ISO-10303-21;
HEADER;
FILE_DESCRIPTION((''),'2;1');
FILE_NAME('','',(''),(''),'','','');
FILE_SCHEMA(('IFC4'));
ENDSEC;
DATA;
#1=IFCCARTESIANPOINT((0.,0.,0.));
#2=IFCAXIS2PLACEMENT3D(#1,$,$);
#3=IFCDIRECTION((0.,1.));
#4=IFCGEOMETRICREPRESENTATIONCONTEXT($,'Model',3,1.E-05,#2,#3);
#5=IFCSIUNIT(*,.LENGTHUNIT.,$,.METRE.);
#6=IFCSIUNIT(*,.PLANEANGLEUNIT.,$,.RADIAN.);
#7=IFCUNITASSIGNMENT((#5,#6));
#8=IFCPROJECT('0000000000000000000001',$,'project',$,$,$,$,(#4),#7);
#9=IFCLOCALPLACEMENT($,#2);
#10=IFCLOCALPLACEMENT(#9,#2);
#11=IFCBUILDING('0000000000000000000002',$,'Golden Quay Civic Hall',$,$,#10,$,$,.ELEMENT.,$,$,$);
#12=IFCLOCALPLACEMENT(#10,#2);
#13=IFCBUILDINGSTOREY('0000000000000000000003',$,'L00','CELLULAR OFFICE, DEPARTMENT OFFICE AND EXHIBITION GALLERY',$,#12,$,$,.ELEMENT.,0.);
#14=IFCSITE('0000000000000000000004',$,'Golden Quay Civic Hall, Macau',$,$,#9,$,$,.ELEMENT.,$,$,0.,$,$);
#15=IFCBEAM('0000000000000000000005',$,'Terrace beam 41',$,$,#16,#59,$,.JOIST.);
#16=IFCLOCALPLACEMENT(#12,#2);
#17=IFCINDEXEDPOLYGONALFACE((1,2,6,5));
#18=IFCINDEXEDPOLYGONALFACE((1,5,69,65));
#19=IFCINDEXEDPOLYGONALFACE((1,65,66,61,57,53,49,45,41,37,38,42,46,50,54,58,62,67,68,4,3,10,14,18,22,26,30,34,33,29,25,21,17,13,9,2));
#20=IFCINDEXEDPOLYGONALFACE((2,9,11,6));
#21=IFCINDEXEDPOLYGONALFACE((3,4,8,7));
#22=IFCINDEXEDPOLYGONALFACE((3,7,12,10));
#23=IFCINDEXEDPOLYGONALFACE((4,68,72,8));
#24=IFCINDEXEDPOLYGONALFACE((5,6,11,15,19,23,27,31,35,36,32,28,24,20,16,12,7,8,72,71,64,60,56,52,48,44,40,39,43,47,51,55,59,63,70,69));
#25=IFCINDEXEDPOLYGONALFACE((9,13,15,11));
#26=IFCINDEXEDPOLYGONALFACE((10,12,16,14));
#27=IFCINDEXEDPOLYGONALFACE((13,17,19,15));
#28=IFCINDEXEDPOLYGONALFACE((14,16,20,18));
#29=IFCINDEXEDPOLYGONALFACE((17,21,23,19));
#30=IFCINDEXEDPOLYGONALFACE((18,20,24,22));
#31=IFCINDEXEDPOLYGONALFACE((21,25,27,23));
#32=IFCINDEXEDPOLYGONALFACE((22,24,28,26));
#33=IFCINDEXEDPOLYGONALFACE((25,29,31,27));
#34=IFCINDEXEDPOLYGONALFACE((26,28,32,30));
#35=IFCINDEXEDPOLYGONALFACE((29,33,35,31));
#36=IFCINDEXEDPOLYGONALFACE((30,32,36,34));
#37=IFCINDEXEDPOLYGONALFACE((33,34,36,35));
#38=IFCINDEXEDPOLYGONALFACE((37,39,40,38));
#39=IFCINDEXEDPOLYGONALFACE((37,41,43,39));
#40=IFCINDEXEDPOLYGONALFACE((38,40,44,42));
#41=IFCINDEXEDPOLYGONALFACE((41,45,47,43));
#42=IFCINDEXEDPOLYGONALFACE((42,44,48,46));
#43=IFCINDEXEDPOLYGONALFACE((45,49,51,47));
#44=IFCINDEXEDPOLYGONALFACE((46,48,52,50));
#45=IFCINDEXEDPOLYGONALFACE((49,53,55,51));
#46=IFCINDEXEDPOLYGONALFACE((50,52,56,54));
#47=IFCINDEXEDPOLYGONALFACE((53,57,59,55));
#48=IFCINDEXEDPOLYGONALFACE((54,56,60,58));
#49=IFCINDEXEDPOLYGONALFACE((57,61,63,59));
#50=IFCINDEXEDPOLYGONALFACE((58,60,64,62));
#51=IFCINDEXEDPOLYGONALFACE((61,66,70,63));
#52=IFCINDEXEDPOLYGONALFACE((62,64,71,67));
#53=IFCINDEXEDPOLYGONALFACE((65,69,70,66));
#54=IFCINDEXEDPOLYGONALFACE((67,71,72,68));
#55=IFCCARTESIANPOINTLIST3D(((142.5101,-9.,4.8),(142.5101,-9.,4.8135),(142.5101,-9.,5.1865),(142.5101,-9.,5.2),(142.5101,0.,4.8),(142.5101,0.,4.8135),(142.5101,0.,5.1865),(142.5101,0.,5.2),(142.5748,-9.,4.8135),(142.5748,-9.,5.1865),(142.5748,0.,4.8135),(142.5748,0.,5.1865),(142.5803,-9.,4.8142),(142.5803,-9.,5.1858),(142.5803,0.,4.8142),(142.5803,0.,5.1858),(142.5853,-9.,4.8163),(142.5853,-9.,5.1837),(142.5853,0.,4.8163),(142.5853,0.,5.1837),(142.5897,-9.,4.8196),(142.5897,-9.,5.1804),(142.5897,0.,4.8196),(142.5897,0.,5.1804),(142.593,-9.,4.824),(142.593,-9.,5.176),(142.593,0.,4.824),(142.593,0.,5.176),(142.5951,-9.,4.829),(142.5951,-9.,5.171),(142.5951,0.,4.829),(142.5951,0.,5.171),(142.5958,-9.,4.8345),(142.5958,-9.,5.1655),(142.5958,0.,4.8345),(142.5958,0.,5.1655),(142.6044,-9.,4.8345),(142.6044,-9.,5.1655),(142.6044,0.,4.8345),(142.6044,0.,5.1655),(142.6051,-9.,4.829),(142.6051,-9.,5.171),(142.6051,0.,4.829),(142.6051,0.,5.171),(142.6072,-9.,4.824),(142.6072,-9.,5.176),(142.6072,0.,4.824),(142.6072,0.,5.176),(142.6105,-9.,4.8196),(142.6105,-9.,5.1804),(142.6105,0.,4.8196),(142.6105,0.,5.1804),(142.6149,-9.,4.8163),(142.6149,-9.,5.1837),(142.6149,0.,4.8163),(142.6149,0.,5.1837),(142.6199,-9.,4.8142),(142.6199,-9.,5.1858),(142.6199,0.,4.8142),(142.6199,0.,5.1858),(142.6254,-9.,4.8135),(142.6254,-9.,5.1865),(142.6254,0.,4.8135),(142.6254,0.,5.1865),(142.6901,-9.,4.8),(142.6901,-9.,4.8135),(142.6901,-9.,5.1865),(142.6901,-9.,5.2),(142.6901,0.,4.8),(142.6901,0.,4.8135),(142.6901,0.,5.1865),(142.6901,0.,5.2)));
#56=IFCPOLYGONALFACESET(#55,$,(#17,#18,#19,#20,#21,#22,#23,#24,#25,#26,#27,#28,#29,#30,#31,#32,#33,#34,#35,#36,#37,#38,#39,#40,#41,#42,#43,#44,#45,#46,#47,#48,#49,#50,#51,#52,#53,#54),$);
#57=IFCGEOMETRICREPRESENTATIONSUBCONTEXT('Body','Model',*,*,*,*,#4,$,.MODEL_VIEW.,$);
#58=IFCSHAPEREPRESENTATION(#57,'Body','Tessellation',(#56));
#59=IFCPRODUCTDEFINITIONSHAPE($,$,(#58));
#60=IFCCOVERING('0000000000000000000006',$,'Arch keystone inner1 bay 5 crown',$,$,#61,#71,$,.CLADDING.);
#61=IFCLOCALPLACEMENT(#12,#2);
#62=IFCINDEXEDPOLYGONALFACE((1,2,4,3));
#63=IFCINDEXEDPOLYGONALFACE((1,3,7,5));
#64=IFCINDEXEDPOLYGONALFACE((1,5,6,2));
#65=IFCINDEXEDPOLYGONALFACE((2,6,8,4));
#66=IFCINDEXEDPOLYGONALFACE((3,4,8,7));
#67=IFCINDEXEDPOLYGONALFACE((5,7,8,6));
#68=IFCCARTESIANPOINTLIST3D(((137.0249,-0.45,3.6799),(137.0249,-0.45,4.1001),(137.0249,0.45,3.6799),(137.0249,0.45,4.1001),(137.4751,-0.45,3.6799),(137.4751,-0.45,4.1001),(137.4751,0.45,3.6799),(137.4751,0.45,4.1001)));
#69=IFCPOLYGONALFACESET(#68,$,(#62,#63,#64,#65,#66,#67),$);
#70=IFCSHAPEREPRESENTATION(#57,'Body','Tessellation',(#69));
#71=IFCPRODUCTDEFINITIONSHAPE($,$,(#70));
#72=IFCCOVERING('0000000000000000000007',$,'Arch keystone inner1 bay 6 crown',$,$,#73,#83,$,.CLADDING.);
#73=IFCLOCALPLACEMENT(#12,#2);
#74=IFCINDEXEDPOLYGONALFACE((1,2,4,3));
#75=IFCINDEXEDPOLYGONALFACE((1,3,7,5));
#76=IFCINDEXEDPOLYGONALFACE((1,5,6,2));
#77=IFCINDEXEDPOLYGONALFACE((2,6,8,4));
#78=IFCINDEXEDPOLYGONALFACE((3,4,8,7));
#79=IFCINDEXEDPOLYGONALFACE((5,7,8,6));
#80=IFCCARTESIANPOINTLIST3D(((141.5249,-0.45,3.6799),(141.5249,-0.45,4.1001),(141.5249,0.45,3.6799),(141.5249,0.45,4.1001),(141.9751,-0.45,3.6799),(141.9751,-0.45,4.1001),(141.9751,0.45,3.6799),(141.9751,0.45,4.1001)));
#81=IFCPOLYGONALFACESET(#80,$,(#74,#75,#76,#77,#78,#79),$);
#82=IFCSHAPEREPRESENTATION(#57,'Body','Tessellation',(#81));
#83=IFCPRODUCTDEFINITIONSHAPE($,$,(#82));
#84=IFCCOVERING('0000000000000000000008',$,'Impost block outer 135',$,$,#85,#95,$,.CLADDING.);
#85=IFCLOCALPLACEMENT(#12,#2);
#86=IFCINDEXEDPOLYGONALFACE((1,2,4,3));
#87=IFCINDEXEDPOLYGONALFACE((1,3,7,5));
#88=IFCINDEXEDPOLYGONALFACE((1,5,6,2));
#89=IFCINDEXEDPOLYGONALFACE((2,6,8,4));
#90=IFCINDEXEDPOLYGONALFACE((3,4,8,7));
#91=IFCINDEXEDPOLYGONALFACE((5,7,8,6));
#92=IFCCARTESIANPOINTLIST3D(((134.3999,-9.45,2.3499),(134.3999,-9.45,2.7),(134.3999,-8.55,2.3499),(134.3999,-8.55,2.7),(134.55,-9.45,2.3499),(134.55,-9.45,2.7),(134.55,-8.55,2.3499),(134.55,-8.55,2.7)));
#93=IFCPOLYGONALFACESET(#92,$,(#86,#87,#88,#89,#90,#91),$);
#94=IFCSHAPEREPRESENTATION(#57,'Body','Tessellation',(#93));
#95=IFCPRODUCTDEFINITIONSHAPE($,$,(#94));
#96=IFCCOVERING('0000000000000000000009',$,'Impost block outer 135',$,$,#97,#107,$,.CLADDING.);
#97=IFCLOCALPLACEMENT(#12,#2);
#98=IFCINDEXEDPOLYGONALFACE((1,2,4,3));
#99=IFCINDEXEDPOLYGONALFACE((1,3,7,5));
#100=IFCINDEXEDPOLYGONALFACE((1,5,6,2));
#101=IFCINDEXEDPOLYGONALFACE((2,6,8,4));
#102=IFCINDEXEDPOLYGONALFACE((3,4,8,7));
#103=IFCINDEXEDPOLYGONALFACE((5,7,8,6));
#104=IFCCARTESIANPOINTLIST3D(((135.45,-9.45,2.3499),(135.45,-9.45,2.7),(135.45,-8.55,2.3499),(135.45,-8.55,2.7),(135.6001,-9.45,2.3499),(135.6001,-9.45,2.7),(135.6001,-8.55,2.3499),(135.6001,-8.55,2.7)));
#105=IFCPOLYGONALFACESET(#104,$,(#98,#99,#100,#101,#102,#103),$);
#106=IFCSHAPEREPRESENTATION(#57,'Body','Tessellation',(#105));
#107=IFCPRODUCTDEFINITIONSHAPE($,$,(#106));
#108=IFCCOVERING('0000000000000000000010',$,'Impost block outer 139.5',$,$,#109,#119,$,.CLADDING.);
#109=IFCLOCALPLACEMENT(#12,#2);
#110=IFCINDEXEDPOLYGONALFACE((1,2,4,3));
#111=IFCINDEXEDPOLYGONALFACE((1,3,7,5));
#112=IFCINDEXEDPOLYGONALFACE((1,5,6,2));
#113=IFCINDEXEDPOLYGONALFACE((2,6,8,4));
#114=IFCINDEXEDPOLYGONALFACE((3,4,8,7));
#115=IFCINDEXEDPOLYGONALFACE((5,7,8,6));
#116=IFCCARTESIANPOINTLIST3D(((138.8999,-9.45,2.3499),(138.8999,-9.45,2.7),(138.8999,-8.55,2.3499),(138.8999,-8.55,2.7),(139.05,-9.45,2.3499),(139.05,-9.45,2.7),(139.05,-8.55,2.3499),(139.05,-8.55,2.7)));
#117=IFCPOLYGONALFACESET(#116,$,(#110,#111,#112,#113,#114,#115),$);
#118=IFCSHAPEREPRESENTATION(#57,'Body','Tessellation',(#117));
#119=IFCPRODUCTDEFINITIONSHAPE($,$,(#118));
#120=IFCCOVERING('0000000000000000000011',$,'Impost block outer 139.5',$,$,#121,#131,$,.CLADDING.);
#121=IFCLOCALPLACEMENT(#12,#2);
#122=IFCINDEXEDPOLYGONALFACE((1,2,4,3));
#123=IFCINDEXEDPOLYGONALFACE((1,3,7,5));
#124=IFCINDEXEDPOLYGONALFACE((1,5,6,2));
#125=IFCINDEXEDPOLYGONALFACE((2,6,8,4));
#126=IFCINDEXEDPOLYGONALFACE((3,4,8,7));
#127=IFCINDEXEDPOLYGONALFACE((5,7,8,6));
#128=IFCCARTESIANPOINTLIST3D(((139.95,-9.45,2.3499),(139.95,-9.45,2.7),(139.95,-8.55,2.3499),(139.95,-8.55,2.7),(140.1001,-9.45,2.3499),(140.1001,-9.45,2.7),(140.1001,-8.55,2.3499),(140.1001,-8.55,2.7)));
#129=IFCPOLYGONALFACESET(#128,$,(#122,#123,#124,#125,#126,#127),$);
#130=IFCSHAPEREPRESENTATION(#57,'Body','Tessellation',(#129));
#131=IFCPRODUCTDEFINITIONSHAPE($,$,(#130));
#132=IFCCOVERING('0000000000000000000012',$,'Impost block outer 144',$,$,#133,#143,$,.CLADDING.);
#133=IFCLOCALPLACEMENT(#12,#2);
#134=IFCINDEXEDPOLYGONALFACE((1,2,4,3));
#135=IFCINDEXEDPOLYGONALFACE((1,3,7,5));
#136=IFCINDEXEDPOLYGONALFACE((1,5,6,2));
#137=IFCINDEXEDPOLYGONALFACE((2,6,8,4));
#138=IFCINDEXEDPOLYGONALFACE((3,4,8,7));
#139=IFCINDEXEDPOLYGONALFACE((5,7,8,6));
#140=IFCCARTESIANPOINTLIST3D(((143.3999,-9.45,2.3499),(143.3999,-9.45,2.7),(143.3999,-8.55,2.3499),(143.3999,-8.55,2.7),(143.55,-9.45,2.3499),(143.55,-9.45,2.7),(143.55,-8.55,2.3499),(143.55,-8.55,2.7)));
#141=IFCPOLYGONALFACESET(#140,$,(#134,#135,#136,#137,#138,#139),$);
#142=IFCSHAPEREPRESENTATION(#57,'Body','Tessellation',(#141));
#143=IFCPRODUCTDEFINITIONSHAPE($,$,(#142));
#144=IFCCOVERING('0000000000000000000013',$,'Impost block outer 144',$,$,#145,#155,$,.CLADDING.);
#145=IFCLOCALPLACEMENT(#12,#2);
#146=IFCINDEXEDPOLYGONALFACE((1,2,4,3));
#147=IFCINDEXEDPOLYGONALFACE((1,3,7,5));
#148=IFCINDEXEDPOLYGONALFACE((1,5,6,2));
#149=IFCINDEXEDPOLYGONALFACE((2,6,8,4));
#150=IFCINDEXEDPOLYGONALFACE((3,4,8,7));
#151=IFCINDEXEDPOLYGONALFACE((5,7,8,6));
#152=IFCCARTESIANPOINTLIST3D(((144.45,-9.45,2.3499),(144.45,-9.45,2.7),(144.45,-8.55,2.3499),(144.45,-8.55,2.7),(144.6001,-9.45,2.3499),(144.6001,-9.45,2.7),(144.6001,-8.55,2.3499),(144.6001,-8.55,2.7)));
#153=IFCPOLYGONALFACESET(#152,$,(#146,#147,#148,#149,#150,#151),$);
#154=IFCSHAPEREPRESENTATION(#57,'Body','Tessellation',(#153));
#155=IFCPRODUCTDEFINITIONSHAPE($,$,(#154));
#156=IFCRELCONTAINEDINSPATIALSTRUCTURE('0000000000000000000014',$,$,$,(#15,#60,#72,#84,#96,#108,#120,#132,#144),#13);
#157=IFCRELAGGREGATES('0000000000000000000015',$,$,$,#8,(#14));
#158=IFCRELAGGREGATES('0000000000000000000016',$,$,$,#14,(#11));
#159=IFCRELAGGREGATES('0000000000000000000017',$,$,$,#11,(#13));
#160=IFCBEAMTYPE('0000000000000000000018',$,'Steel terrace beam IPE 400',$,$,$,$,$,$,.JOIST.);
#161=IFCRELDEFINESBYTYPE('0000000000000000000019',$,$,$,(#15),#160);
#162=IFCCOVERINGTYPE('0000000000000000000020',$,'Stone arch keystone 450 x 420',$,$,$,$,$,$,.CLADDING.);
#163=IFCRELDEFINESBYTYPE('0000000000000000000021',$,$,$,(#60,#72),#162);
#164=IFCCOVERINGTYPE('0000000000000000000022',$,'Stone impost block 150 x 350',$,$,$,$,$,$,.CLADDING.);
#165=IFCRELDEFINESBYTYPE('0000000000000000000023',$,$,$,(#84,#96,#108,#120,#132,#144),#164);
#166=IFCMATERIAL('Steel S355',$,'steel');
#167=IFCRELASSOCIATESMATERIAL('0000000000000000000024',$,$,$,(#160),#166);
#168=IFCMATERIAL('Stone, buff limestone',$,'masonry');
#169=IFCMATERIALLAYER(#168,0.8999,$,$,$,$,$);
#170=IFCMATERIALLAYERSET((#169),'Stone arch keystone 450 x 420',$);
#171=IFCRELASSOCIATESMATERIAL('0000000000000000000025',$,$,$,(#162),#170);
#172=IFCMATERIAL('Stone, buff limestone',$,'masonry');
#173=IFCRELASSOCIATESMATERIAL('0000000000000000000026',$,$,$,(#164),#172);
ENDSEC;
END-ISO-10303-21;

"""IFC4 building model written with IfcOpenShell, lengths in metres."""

from ifc_helpers import new_model, si_unit, direction, frame, origin, origin_2d, place, context, subcontext, project, spatial, polyline, rectangle, i_section, outline, extrude, material, layer, layer_set, material_profile, profile_set, type_object, element, save


model = new_model("IFC4")

# Units and contexts
model_context = context("Model", 3, precision=1e-05, world=origin(), true_north=direction((0.0, 1.0)))
body_context = subcontext(model_context, "Body", "Model", "MODEL_VIEW")
ifc_project = project(units=[si_unit("LENGTHUNIT", "METRE"), si_unit("PLANEANGLEUNIT", "RADIAN")], contexts=[model_context])

# Site, building, storey
site_placement = place(None, origin())
site = spatial("IfcSite", under=ifc_project, at=site_placement, Name="Golden Quay Civic Hall, Macau", CompositionType="ELEMENT", RefElevation=0.0)
building_placement = place(site_placement, origin())
building = spatial("IfcBuilding", under=site, at=building_placement, Name="Golden Quay Civic Hall", CompositionType="ELEMENT")
storey_placement = place(building_placement, origin())
storey = spatial("IfcBuildingStorey", under=building, at=storey_placement, Name="L00", Description="CELLULAR OFFICE, DEPARTMENT OFFICE AND EXHIBITION GALLERY", CompositionType="ELEMENT", Elevation=0.0)

# Beam
ifc_material_1 = material(Name="Steel S355", Category="steel")
ifc_material_profile_1 = material_profile(ifc_material_1, i_section(OverallWidth=0.1799, OverallDepth=0.3999, WebThickness=0.0085, FlangeThickness=0.0134, FilletRadius=0.021, at=origin_2d()), Name="IPE 400")
ifc_profile_set_1 = profile_set([ifc_material_profile_1], Name="Steel S355")
beam_type_1 = type_object("IfcBeamType", Name="Steel terrace beam IPE 400", PredefinedType="JOIST", material=ifc_profile_set_1)
for number, where, z_axis, x_axis, name in (
    (1, (142.6001, -9.0, 5.0), (0.0, 1.0, 0.0), (-1.0, 0.0, 0.0), "Terrace beam 41"),
):
    element("IfcBeam", number, at=place(storey_placement, frame(where, z_axis=z_axis, x_axis=x_axis)), inside=storey, type_object=beam_type_1, Name=name, PredefinedType="JOIST", context=body_context, shape_type="SweptSolid", body=[
        extrude(i_section(OverallWidth=0.1799, OverallDepth=0.3999, WebThickness=0.0085, FlangeThickness=0.0134, FilletRadius=0.021, at=origin_2d()), origin(), (0.0, 0.0, 1.0), 9.0),
    ])

# Coverings
ifc_material_2 = material(Name="Stone, buff limestone", Category="masonry")
ifc_layer_1 = layer(ifc_material_2, 0.8999)
ifc_layer_set_1 = layer_set([ifc_layer_1], Name="Stone arch keystone 450 x 420")
covering_type_1 = type_object("IfcCoveringType", Name="Stone arch keystone 450 x 420", PredefinedType="CLADDING", material=ifc_layer_set_1)
for number, where, z_axis, x_axis, name in (
    (2, (137.0249, -0.45, 3.6799), (0.0, -1.0, 0.0), (1.0, 0.0, 0.0), "Arch keystone inner1 bay 5 crown"),
    (3, (141.5249, -0.45, 3.6799), (0.0, -1.0, 0.0), (1.0, 0.0, 0.0), "Arch keystone inner1 bay 6 crown"),
):
    element("IfcCovering", number, at=place(storey_placement, frame(where, z_axis=z_axis, x_axis=x_axis)), inside=storey, type_object=covering_type_1, Name=name, PredefinedType="CLADDING", context=body_context, shape_type="SweptSolid", body=[
        extrude(outline(polyline([(0.0, 0.0), (0.4502, 0.0), (0.4502, 0.4202), (0.0, 0.4202), (0.0, 0.0)])), origin(), (0.0, 0.0, -1.0), 0.8999),
    ])
ifc_material_3 = material(Name="Stone, buff limestone", Category="masonry")
ifc_material_profile_2 = material_profile(ifc_material_3, rectangle(XDim=0.8999, YDim=0.3501, at=origin_2d()), Name="RC 900x350")
ifc_profile_set_2 = profile_set([ifc_material_profile_2], Name="Stone, buff limestone")
covering_type_2 = type_object("IfcCoveringType", Name="Stone impost block 150 x 350", PredefinedType="CLADDING", material=ifc_profile_set_2)
for number, where, z_axis, x_axis, name in (
    (4, (134.55, -9.0, 2.5249), (-1.0, 0.0, 0.0), (0.0, -1.0, 0.0), "Impost block outer 135"),
    (5, (135.45, -9.0, 2.5249), (1.0, 0.0, 0.0), (0.0, 1.0, 0.0), "Impost block outer 135"),
    (6, (139.05, -9.0, 2.5249), (-1.0, 0.0, 0.0), (0.0, -1.0, 0.0), "Impost block outer 139.5"),
    (7, (139.95, -9.0, 2.5249), (1.0, 0.0, 0.0), (0.0, 1.0, 0.0), "Impost block outer 139.5"),
    (8, (143.55, -9.0, 2.5249), (-1.0, 0.0, 0.0), (0.0, -1.0, 0.0), "Impost block outer 144"),
    (9, (144.45, -9.0, 2.5249), (1.0, 0.0, 0.0), (0.0, 1.0, 0.0), "Impost block outer 144"),
):
    element("IfcCovering", number, at=place(storey_placement, frame(where, z_axis=z_axis, x_axis=x_axis)), inside=storey, type_object=covering_type_2, Name=name, PredefinedType="CLADDING", context=body_context, shape_type="SweptSolid", body=[
        extrude(rectangle(XDim=0.8999, YDim=0.3501, at=origin_2d()), origin(), (0.0, 0.0, 1.0), 0.1501),
    ])

save(model, "model.ifc")
